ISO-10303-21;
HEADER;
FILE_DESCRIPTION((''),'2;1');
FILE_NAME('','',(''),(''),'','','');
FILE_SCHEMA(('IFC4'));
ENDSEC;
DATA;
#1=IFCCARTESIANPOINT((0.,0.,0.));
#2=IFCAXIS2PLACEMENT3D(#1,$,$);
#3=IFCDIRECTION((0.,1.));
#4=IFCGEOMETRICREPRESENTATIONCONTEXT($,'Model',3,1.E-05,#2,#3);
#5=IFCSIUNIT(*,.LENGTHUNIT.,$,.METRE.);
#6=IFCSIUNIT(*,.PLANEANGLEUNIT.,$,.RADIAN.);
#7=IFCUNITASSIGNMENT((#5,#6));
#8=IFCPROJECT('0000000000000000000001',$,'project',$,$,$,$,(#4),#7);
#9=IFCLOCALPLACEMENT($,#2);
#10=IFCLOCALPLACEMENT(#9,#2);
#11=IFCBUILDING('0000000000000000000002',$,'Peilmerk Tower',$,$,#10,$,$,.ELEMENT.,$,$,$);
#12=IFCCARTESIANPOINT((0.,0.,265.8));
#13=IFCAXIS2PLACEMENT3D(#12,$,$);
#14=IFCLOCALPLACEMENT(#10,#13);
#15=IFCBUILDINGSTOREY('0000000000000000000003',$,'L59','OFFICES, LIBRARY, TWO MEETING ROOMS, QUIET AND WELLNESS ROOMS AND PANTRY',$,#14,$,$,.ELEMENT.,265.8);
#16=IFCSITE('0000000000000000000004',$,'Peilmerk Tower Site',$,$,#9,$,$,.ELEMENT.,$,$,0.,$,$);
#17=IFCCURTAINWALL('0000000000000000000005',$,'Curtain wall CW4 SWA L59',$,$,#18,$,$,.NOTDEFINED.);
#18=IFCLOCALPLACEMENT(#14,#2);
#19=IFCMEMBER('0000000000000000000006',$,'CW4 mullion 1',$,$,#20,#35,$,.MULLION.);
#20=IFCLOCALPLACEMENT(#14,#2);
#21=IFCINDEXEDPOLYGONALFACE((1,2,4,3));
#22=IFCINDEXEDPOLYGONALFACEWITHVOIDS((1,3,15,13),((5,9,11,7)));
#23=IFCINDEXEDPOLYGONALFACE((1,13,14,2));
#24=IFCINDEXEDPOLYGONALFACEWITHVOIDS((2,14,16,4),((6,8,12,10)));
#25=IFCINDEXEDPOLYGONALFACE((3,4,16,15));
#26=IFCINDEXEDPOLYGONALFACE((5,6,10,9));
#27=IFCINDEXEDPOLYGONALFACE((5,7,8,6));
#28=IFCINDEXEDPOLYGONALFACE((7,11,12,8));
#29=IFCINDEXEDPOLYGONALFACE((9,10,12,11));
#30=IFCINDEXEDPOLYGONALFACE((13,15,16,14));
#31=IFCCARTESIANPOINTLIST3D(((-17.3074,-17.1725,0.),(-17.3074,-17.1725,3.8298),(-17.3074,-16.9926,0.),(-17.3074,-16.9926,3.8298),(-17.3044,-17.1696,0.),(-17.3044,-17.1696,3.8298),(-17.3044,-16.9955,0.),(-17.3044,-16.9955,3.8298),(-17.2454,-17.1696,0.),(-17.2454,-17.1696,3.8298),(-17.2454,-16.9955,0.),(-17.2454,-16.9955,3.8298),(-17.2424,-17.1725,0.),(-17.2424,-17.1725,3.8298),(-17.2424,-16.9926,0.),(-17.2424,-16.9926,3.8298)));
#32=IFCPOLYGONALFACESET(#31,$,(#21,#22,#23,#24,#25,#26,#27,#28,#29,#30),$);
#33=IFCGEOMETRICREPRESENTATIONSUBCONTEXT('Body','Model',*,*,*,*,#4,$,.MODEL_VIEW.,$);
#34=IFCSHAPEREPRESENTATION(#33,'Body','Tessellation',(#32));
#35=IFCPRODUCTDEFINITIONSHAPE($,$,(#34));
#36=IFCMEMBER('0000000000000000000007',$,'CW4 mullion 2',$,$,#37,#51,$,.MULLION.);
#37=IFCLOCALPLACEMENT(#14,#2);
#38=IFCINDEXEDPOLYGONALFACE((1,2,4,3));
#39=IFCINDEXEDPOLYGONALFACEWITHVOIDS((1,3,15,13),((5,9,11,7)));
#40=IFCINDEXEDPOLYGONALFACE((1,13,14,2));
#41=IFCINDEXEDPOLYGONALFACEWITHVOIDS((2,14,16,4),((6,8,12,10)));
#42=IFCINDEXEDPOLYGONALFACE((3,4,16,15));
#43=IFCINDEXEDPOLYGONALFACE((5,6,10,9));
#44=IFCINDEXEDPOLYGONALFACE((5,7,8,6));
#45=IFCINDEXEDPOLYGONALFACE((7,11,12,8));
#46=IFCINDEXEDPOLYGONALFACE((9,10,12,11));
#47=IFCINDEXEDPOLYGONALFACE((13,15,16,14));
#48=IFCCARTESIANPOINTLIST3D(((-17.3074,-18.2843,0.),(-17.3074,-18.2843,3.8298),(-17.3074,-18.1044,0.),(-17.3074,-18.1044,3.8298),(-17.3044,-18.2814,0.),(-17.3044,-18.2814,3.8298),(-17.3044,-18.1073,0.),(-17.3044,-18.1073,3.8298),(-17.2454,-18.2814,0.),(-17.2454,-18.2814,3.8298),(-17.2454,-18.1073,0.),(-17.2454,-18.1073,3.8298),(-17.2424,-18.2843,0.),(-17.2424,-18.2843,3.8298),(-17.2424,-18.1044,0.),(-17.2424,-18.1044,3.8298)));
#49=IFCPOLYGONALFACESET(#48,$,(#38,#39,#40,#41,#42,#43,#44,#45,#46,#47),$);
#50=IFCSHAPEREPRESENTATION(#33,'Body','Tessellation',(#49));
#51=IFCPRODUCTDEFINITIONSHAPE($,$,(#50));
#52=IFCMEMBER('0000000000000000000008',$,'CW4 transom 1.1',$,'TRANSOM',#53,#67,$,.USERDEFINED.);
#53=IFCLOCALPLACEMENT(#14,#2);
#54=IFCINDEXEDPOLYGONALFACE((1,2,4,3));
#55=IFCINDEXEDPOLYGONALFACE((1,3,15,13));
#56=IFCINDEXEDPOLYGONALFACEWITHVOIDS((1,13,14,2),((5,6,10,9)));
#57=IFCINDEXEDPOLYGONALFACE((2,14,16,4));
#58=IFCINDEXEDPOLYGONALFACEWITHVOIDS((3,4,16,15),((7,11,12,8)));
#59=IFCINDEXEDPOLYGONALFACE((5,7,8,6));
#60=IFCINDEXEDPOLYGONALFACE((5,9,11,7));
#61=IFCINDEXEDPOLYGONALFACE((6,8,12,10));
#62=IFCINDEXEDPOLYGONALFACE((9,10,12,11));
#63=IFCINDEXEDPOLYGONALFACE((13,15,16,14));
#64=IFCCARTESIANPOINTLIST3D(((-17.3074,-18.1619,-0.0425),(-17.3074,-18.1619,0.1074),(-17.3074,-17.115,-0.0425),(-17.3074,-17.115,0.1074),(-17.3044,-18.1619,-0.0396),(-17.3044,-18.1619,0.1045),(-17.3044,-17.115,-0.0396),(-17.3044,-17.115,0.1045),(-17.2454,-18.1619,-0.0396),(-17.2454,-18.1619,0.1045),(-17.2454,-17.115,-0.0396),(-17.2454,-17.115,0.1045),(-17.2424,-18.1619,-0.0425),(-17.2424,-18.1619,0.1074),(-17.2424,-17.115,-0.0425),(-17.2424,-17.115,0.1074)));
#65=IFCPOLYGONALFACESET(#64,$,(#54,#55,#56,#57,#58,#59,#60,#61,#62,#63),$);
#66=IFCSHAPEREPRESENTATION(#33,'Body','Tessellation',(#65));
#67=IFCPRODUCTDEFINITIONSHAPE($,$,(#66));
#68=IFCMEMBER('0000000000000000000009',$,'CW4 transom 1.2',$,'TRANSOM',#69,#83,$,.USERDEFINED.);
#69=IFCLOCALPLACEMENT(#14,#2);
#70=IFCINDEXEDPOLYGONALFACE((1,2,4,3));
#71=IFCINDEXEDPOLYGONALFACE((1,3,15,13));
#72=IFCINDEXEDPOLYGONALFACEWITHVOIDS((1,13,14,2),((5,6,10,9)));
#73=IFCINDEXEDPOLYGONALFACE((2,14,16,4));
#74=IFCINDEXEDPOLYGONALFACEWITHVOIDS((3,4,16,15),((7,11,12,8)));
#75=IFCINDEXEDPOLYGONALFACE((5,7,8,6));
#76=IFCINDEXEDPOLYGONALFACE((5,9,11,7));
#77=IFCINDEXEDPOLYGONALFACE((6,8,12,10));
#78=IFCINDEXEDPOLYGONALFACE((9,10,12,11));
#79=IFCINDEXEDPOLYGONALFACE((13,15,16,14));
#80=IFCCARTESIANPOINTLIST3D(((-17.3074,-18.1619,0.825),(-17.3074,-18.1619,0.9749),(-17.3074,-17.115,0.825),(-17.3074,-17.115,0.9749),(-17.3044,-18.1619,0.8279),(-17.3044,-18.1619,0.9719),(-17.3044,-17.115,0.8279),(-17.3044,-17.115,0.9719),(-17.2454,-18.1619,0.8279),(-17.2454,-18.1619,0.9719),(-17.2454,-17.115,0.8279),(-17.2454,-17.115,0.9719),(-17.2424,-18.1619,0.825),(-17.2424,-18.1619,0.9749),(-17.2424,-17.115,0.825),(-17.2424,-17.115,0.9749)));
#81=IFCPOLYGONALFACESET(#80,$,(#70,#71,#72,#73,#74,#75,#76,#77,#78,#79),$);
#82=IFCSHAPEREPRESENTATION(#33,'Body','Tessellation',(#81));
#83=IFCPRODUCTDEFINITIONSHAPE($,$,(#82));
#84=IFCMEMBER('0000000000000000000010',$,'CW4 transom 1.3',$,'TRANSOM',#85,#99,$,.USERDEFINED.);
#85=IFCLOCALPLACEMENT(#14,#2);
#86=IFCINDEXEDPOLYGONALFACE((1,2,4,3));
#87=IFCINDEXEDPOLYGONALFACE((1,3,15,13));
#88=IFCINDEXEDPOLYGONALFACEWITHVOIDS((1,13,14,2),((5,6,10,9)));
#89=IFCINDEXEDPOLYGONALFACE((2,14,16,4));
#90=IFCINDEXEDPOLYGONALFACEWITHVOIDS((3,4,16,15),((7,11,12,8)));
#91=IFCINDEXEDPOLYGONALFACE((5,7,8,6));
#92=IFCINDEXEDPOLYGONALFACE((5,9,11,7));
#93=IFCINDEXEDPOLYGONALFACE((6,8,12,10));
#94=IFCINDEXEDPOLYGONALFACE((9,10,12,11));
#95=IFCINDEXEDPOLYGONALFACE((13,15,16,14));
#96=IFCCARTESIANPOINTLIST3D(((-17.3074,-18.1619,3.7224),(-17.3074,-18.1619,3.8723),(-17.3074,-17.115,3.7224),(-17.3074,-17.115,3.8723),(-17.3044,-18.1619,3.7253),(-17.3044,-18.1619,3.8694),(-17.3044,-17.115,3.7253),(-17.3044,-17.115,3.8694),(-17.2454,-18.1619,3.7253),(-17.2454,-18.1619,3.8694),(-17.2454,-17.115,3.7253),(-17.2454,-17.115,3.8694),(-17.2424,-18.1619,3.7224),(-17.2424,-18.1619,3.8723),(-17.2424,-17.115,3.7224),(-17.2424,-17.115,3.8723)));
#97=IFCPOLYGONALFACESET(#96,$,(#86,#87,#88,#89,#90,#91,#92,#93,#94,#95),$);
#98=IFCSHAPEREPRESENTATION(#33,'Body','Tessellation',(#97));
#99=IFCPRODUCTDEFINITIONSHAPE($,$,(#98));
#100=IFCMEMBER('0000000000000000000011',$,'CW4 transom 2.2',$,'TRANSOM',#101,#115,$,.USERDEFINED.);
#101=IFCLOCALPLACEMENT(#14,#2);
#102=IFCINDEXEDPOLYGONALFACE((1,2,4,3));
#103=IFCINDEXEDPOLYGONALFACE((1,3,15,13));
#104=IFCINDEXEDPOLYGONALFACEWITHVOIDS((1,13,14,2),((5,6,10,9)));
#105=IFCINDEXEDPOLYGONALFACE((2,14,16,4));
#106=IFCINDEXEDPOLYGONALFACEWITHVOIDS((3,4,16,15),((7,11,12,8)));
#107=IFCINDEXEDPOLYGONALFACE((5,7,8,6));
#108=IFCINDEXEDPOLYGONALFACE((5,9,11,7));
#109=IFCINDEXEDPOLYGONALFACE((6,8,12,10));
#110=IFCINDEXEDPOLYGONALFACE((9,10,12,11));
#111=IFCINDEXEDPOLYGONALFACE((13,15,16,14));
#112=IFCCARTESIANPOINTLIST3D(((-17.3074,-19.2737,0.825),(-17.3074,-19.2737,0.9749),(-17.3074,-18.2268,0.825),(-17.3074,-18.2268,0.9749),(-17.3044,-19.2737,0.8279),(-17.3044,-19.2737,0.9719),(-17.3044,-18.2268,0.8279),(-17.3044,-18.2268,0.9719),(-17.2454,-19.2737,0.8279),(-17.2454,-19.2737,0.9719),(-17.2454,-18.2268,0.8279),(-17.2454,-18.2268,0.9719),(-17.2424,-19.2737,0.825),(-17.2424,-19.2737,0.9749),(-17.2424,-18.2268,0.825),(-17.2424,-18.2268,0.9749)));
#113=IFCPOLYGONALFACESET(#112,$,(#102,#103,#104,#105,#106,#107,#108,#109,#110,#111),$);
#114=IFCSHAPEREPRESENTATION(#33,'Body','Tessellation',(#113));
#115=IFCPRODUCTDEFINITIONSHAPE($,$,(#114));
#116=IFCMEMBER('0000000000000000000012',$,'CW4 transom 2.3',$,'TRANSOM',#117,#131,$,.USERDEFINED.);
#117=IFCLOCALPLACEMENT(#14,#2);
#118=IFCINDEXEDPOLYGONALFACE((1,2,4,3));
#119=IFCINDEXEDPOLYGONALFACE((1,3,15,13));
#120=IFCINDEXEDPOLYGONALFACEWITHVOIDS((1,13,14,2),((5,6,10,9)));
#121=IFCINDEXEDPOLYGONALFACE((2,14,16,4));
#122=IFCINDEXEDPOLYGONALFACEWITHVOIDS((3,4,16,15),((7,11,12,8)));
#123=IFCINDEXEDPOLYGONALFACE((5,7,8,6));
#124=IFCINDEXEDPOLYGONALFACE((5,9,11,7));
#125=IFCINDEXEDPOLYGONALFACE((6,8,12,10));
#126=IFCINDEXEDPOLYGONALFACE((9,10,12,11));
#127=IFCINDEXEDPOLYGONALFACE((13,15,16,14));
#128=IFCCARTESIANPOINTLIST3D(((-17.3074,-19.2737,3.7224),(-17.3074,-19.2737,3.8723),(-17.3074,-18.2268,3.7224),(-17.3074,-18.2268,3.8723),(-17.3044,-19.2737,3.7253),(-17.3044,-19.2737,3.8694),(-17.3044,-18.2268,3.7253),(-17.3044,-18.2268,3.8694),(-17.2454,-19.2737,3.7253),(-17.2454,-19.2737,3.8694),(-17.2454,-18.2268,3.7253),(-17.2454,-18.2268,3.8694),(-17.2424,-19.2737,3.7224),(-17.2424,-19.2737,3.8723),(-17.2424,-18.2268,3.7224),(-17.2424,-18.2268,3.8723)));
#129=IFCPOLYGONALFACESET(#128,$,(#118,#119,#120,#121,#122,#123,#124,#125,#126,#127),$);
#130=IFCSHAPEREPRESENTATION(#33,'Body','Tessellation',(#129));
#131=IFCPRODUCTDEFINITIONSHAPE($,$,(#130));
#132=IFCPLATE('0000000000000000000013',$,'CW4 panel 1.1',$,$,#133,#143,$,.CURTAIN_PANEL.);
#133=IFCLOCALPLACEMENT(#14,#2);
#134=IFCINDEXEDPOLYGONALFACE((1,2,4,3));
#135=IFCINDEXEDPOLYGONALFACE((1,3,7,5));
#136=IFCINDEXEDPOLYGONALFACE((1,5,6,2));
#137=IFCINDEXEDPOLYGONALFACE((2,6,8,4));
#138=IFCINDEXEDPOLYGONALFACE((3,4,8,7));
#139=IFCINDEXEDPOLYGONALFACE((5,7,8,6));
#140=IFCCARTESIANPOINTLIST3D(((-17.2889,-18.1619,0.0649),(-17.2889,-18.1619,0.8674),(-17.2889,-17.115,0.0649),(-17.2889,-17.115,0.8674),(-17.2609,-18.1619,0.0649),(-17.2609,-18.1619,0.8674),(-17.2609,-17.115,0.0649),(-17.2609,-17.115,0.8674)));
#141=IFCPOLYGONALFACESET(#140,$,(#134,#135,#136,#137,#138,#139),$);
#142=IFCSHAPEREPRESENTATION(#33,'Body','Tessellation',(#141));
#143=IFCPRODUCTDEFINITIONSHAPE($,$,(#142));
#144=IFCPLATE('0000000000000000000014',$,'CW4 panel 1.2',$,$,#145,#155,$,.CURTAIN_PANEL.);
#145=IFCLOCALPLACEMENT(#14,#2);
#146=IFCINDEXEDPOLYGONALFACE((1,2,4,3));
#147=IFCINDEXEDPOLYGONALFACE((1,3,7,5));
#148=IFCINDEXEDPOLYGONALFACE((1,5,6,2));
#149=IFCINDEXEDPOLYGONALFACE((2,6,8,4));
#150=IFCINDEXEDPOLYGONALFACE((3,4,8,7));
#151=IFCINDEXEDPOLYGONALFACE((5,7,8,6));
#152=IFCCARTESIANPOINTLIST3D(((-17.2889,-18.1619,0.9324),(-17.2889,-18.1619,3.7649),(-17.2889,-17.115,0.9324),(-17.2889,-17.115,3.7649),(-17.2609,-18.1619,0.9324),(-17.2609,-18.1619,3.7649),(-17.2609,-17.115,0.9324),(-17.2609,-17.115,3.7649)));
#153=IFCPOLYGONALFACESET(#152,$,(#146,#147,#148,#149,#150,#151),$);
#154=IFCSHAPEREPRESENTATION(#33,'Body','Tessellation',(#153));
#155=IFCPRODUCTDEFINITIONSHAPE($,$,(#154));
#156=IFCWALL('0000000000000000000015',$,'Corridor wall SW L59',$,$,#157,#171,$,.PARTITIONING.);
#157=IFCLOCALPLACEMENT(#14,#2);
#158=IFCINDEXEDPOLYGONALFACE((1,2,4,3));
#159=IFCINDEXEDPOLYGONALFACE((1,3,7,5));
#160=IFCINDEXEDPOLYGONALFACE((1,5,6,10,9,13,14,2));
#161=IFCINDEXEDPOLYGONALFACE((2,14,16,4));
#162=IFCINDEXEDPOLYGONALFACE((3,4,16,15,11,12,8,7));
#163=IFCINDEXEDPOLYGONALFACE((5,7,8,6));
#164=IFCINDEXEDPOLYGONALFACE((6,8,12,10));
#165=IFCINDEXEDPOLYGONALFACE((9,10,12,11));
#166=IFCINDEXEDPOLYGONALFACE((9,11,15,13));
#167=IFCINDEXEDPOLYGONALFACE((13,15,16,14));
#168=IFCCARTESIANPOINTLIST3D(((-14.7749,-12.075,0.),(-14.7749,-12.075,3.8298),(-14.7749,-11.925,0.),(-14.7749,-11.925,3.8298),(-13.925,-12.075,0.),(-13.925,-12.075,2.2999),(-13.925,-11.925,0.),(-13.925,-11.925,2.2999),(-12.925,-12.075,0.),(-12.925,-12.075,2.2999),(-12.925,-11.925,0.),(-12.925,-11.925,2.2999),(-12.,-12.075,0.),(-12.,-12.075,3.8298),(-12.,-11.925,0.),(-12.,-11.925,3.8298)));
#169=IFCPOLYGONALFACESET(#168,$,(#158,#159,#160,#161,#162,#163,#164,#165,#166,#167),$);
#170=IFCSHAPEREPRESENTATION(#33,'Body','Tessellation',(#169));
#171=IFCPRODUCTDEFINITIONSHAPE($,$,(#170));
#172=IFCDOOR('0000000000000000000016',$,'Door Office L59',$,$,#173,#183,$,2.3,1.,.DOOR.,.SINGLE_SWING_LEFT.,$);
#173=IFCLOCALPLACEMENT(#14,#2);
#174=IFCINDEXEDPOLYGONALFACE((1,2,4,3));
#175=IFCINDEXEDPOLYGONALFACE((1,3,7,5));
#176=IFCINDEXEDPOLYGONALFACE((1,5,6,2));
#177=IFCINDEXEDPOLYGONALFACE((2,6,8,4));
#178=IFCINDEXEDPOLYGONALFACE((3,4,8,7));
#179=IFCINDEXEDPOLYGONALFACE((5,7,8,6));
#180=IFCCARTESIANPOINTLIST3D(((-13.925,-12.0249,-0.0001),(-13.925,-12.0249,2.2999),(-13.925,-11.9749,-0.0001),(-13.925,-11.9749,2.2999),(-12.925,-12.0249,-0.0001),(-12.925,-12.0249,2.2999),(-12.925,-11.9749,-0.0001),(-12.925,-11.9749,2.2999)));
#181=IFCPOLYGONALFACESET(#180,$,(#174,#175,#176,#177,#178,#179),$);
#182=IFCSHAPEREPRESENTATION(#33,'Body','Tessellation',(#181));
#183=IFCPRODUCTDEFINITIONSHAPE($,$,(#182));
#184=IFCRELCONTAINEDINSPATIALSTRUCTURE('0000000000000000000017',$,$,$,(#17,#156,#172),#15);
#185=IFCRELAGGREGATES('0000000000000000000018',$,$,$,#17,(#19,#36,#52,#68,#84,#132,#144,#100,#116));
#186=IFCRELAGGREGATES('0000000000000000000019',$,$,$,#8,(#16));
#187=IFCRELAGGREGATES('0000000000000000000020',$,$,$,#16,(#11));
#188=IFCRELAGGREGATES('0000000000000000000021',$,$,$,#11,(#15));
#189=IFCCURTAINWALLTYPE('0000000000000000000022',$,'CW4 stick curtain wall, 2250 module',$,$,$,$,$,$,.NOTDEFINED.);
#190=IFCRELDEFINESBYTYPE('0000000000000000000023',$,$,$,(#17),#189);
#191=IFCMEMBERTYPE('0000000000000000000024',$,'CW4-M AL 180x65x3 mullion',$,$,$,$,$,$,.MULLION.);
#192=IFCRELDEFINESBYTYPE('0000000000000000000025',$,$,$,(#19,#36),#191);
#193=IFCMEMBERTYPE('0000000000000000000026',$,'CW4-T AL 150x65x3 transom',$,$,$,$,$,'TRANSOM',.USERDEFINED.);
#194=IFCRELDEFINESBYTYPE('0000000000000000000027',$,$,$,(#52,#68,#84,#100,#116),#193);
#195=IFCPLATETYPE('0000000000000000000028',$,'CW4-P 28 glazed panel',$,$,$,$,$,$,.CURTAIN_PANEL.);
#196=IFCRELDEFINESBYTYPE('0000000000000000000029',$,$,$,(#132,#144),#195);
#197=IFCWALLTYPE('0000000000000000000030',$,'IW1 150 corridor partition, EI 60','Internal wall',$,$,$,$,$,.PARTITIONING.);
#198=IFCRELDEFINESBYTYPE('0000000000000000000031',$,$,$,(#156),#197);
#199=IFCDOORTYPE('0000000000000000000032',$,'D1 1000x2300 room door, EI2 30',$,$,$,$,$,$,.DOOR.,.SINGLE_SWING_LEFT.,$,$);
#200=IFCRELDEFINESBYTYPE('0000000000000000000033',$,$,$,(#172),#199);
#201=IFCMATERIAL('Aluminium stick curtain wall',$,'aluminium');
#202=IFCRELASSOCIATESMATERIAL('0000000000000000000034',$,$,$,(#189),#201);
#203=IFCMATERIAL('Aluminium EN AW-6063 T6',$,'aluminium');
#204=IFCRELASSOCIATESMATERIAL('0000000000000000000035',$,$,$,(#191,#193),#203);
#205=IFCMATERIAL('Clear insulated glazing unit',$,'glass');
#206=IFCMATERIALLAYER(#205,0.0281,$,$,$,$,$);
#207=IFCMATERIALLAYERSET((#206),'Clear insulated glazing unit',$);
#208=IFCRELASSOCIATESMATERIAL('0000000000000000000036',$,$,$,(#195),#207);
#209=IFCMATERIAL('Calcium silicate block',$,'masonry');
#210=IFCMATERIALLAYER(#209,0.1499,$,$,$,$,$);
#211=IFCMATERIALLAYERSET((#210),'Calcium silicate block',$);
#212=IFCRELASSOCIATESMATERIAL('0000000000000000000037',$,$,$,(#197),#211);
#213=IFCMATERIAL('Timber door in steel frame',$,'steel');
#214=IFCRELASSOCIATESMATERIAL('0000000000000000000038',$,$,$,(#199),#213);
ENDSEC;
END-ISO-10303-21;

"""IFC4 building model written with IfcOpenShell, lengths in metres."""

from ifc_helpers import new_model, si_unit, direction, frame, frame_2d, origin, origin_2d, place, context, subcontext, project, spatial, rectangle, hollow_rectangle, extrude, material, layer, layer_set, material_profile, profile_set, type_object, element, fill, aggregate, save


model = new_model("IFC4")

# Units and contexts
model_context = context("Model", 3, precision=1e-05, world=origin(), true_north=direction((0.0, 1.0)))
body_context = subcontext(model_context, "Body", "Model", "MODEL_VIEW")
ifc_project = project(units=[si_unit("LENGTHUNIT", "METRE"), si_unit("PLANEANGLEUNIT", "RADIAN")], contexts=[model_context])

# Site, building, storey
site_placement = place(None, origin())
site = spatial("IfcSite", under=ifc_project, at=site_placement, Name="Peilmerk Tower Site", CompositionType="ELEMENT", RefElevation=0.0)
building_placement = place(site_placement, origin())
building = spatial("IfcBuilding", under=site, at=building_placement, Name="Peilmerk Tower", CompositionType="ELEMENT")
storey_placement = place(building_placement, frame((0.0, 0.0, 265.8)))
storey = spatial("IfcBuildingStorey", under=building, at=storey_placement, Name="L59", Description="OFFICES, LIBRARY, TWO MEETING ROOMS, QUIET AND WELLNESS ROOMS AND PANTRY", CompositionType="ELEMENT", Elevation=265.8)

# Curtain wall, members, plates
ifc_material_1 = material(Name="Aluminium stick curtain wall", Category="aluminium")
curtain_wall_type = type_object("IfcCurtainWallType", Name="CW4 stick curtain wall, 2250 module", PredefinedType="NOTDEFINED", material=ifc_material_1)
curtain_wall_placement = place(storey_placement, origin())
curtain_wall = element("IfcCurtainWall", 1, at=curtain_wall_placement, inside=storey, type_object=curtain_wall_type, Name="Curtain wall CW4 SWA L59", PredefinedType="NOTDEFINED")
ifc_material_2 = material(Name="Aluminium EN AW-6063 T6", Category="aluminium")
ifc_material_profile_1 = material_profile(ifc_material_2, hollow_rectangle(XDim=0.0649, YDim=0.1799, WallThickness=0.0029, at=origin_2d()), Name="AL 180x65x3")
ifc_profile_set_1 = profile_set([ifc_material_profile_1], Name="Aluminium EN AW-6063 T6")
member_type_1 = type_object("IfcMemberType", Name="CW4-M AL 180x65x3 mullion", PredefinedType="MULLION", material=ifc_profile_set_1)
member_1_placement = place(storey_placement, frame((-17.2749, -17.0825, 0.0), z_axis=(0.0, 0.0, 1.0), x_axis=(1.0, 0.0, 0.0)))
member_1 = element("IfcMember", 2, at=member_1_placement, type_object=member_type_1, Name="CW4 mullion 1", PredefinedType="MULLION", context=body_context, shape_type="SweptSolid", body=[
    extrude(hollow_rectangle(XDim=0.0649, YDim=0.1799, WallThickness=0.0029, at=origin_2d()), origin(), (0.0, 0.0, 1.0), 3.8298),
])
member_2_placement = place(storey_placement, frame((-17.2749, -18.1943, 0.0), z_axis=(0.0, 0.0, 1.0), x_axis=(1.0, 0.0, 0.0)))
member_2 = element("IfcMember", 3, at=member_2_placement, type_object=member_type_1, Name="CW4 mullion 2", PredefinedType="MULLION", context=body_context, shape_type="SweptSolid", body=[
    extrude(hollow_rectangle(XDim=0.0649, YDim=0.1799, WallThickness=0.0029, at=origin_2d()), origin(), (0.0, 0.0, 1.0), 3.8298),
])
ifc_material_profile_2 = material_profile(ifc_material_2, hollow_rectangle(XDim=0.0649, YDim=0.1499, WallThickness=0.0029, at=origin_2d()), Name="AL 150x65x3")
ifc_profile_set_2 = profile_set([ifc_material_profile_2], Name="Aluminium EN AW-6063 T6")
member_type_2 = type_object("IfcMemberType", Name="CW4-T AL 150x65x3 transom", ElementType="TRANSOM", PredefinedType="USERDEFINED", material=ifc_profile_set_2)
member_3_placement = place(storey_placement, frame((-17.2749, -17.115, 0.0325), z_axis=(0.0, -1.0, 0.0), x_axis=(1.0, 0.0, 0.0)))
member_3 = element("IfcMember", 4, at=member_3_placement, type_object=member_type_2, Name="CW4 transom 1.1", ObjectType="TRANSOM", PredefinedType="USERDEFINED", context=body_context, shape_type="SweptSolid", body=[
    extrude(hollow_rectangle(XDim=0.0649, YDim=0.1499, WallThickness=0.0029, at=origin_2d()), origin(), (0.0, 0.0, 1.0), 1.0469),
])
member_4_placement = place(storey_placement, frame((-17.2749, -17.115, 0.8999), z_axis=(0.0, -1.0, 0.0), x_axis=(1.0, 0.0, 0.0)))
member_4 = element("IfcMember", 5, at=member_4_placement, type_object=member_type_2, Name="CW4 transom 1.2", ObjectType="TRANSOM", PredefinedType="USERDEFINED", context=body_context, shape_type="SweptSolid", body=[
    extrude(hollow_rectangle(XDim=0.0649, YDim=0.1499, WallThickness=0.0029, at=origin_2d()), origin(), (0.0, 0.0, 1.0), 1.0469),
])
member_5_placement = place(storey_placement, frame((-17.2749, -17.115, 3.7974), z_axis=(0.0, -1.0, 0.0), x_axis=(1.0, 0.0, 0.0)))
member_5 = element("IfcMember", 6, at=member_5_placement, type_object=member_type_2, Name="CW4 transom 1.3", ObjectType="TRANSOM", PredefinedType="USERDEFINED", context=body_context, shape_type="SweptSolid", body=[
    extrude(hollow_rectangle(XDim=0.0649, YDim=0.1499, WallThickness=0.0029, at=origin_2d()), origin(), (0.0, 0.0, 1.0), 1.0469),
])
member_6_placement = place(storey_placement, frame((-17.2749, -18.2268, 0.8999), z_axis=(0.0, -1.0, 0.0), x_axis=(1.0, 0.0, 0.0)))
member_6 = element("IfcMember", 7, at=member_6_placement, type_object=member_type_2, Name="CW4 transom 2.2", ObjectType="TRANSOM", PredefinedType="USERDEFINED", context=body_context, shape_type="SweptSolid", body=[
    extrude(hollow_rectangle(XDim=0.0649, YDim=0.1499, WallThickness=0.0029, at=origin_2d()), origin(), (0.0, 0.0, 1.0), 1.0469),
])
member_7_placement = place(storey_placement, frame((-17.2749, -18.2268, 3.7974), z_axis=(0.0, -1.0, 0.0), x_axis=(1.0, 0.0, 0.0)))
member_7 = element("IfcMember", 8, at=member_7_placement, type_object=member_type_2, Name="CW4 transom 2.3", ObjectType="TRANSOM", PredefinedType="USERDEFINED", context=body_context, shape_type="SweptSolid", body=[
    extrude(hollow_rectangle(XDim=0.0649, YDim=0.1499, WallThickness=0.0029, at=origin_2d()), origin(), (0.0, 0.0, 1.0), 1.0469),
])
ifc_material_3 = material(Name="Clear insulated glazing unit", Category="glass")
ifc_layer_1 = layer(ifc_material_3, 0.0281)
ifc_layer_set_1 = layer_set([ifc_layer_1], Name="Clear insulated glazing unit")
plate_type = type_object("IfcPlateType", Name="CW4-P 28 glazed panel", PredefinedType="CURTAIN_PANEL", material=ifc_layer_set_1)
plate_1_placement = place(storey_placement, frame((-17.2749, -17.6384, 0.0649), z_axis=(0.0, 0.0, 1.0), x_axis=(0.0, -1.0, 0.0)))
plate_1 = element("IfcPlate", 9, at=plate_1_placement, type_object=plate_type, Name="CW4 panel 1.1", PredefinedType="CURTAIN_PANEL", context=body_context, shape_type="SweptSolid", body=[
    extrude(rectangle(XDim=1.0469, YDim=0.0281, at=origin_2d()), origin(), (0.0, 0.0, 1.0), 0.8025),
])
plate_2_placement = place(storey_placement, frame((-17.2749, -17.6384, 0.9324), z_axis=(0.0, 0.0, 1.0), x_axis=(0.0, -1.0, 0.0)))
plate_2 = element("IfcPlate", 10, at=plate_2_placement, type_object=plate_type, Name="CW4 panel 1.2", PredefinedType="CURTAIN_PANEL", context=body_context, shape_type="SweptSolid", body=[
    extrude(rectangle(XDim=1.0469, YDim=0.0281, at=origin_2d()), origin(), (0.0, 0.0, 1.0), 2.8325),
])
aggregate(curtain_wall, [member_1, member_2, member_3, member_4, member_5, plate_1, plate_2, member_6, member_7])

# Wall, opening, door
ifc_material_4 = material(Name="Calcium silicate block", Category="masonry")
ifc_layer_2 = layer(ifc_material_4, 0.1499)
ifc_layer_set_2 = layer_set([ifc_layer_2], Name="Calcium silicate block")
wall_type_1 = type_object("IfcWallType", Name="IW1 150 corridor partition, EI 60", Description="Internal wall", PredefinedType="PARTITIONING", material=ifc_layer_set_2)
wall_1_placement = place(storey_placement, frame((-12.0, -12.0, 0.0), z_axis=(0.0, 0.0, 1.0), x_axis=(-1.0, 0.0, 0.0)))
wall_1 = element("IfcWall", 11, at=wall_1_placement, inside=storey, type_object=wall_type_1, Name="Corridor wall SW L59", PredefinedType="PARTITIONING", context=body_context, shape_type="SweptSolid", body=[
    extrude(rectangle(XDim=2.7749, YDim=0.1499, at=frame_2d((1.3875, 0.0))), origin(), (0.0, 0.0, 1.0), 3.8298),
])
opening_placement = place(wall_1_placement, frame((0.925, 0.0, 0.0)))
opening = element("IfcOpeningElement", 12, at=opening_placement, cuts=wall_1, PredefinedType="OPENING", context=body_context, shape_type="SweptSolid", body=[
    extrude(rectangle(XDim=1.0, YDim=2.3, at=frame_2d((0.5, 1.1499))), frame((0.0, 0.085, 0.0), z_axis=(0.0, -1.0, 0.0), x_axis=(1.0, 0.0, 0.0)), (0.0, 0.0, 1.0), 0.1699),
])
ifc_material_5 = material(Name="Timber door in steel frame", Category="steel")
door_type = type_object("IfcDoorType", Name="D1 1000x2300 room door, EI2 30", OperationType="SINGLE_SWING_LEFT", PredefinedType="DOOR", material=ifc_material_5)
door_placement = place(opening_placement, origin())
door = element("IfcDoor", 13, at=door_placement, inside=storey, type_object=door_type, Name="Door Office L59", OperationType="SINGLE_SWING_LEFT", OverallHeight=2.3, OverallWidth=1.0, PredefinedType="DOOR", context=body_context, shape_type="SweptSolid", body=[
    extrude(rectangle(XDim=1.0, YDim=2.3, at=frame_2d((0.5, 1.1499))), frame((0.0, 0.0249, 0.0), z_axis=(0.0, -1.0, 0.0), x_axis=(1.0, 0.0, 0.0)), (0.0, 0.0, 1.0), 0.05),
])
fill(opening, door)

save(model, "model.ifc")
